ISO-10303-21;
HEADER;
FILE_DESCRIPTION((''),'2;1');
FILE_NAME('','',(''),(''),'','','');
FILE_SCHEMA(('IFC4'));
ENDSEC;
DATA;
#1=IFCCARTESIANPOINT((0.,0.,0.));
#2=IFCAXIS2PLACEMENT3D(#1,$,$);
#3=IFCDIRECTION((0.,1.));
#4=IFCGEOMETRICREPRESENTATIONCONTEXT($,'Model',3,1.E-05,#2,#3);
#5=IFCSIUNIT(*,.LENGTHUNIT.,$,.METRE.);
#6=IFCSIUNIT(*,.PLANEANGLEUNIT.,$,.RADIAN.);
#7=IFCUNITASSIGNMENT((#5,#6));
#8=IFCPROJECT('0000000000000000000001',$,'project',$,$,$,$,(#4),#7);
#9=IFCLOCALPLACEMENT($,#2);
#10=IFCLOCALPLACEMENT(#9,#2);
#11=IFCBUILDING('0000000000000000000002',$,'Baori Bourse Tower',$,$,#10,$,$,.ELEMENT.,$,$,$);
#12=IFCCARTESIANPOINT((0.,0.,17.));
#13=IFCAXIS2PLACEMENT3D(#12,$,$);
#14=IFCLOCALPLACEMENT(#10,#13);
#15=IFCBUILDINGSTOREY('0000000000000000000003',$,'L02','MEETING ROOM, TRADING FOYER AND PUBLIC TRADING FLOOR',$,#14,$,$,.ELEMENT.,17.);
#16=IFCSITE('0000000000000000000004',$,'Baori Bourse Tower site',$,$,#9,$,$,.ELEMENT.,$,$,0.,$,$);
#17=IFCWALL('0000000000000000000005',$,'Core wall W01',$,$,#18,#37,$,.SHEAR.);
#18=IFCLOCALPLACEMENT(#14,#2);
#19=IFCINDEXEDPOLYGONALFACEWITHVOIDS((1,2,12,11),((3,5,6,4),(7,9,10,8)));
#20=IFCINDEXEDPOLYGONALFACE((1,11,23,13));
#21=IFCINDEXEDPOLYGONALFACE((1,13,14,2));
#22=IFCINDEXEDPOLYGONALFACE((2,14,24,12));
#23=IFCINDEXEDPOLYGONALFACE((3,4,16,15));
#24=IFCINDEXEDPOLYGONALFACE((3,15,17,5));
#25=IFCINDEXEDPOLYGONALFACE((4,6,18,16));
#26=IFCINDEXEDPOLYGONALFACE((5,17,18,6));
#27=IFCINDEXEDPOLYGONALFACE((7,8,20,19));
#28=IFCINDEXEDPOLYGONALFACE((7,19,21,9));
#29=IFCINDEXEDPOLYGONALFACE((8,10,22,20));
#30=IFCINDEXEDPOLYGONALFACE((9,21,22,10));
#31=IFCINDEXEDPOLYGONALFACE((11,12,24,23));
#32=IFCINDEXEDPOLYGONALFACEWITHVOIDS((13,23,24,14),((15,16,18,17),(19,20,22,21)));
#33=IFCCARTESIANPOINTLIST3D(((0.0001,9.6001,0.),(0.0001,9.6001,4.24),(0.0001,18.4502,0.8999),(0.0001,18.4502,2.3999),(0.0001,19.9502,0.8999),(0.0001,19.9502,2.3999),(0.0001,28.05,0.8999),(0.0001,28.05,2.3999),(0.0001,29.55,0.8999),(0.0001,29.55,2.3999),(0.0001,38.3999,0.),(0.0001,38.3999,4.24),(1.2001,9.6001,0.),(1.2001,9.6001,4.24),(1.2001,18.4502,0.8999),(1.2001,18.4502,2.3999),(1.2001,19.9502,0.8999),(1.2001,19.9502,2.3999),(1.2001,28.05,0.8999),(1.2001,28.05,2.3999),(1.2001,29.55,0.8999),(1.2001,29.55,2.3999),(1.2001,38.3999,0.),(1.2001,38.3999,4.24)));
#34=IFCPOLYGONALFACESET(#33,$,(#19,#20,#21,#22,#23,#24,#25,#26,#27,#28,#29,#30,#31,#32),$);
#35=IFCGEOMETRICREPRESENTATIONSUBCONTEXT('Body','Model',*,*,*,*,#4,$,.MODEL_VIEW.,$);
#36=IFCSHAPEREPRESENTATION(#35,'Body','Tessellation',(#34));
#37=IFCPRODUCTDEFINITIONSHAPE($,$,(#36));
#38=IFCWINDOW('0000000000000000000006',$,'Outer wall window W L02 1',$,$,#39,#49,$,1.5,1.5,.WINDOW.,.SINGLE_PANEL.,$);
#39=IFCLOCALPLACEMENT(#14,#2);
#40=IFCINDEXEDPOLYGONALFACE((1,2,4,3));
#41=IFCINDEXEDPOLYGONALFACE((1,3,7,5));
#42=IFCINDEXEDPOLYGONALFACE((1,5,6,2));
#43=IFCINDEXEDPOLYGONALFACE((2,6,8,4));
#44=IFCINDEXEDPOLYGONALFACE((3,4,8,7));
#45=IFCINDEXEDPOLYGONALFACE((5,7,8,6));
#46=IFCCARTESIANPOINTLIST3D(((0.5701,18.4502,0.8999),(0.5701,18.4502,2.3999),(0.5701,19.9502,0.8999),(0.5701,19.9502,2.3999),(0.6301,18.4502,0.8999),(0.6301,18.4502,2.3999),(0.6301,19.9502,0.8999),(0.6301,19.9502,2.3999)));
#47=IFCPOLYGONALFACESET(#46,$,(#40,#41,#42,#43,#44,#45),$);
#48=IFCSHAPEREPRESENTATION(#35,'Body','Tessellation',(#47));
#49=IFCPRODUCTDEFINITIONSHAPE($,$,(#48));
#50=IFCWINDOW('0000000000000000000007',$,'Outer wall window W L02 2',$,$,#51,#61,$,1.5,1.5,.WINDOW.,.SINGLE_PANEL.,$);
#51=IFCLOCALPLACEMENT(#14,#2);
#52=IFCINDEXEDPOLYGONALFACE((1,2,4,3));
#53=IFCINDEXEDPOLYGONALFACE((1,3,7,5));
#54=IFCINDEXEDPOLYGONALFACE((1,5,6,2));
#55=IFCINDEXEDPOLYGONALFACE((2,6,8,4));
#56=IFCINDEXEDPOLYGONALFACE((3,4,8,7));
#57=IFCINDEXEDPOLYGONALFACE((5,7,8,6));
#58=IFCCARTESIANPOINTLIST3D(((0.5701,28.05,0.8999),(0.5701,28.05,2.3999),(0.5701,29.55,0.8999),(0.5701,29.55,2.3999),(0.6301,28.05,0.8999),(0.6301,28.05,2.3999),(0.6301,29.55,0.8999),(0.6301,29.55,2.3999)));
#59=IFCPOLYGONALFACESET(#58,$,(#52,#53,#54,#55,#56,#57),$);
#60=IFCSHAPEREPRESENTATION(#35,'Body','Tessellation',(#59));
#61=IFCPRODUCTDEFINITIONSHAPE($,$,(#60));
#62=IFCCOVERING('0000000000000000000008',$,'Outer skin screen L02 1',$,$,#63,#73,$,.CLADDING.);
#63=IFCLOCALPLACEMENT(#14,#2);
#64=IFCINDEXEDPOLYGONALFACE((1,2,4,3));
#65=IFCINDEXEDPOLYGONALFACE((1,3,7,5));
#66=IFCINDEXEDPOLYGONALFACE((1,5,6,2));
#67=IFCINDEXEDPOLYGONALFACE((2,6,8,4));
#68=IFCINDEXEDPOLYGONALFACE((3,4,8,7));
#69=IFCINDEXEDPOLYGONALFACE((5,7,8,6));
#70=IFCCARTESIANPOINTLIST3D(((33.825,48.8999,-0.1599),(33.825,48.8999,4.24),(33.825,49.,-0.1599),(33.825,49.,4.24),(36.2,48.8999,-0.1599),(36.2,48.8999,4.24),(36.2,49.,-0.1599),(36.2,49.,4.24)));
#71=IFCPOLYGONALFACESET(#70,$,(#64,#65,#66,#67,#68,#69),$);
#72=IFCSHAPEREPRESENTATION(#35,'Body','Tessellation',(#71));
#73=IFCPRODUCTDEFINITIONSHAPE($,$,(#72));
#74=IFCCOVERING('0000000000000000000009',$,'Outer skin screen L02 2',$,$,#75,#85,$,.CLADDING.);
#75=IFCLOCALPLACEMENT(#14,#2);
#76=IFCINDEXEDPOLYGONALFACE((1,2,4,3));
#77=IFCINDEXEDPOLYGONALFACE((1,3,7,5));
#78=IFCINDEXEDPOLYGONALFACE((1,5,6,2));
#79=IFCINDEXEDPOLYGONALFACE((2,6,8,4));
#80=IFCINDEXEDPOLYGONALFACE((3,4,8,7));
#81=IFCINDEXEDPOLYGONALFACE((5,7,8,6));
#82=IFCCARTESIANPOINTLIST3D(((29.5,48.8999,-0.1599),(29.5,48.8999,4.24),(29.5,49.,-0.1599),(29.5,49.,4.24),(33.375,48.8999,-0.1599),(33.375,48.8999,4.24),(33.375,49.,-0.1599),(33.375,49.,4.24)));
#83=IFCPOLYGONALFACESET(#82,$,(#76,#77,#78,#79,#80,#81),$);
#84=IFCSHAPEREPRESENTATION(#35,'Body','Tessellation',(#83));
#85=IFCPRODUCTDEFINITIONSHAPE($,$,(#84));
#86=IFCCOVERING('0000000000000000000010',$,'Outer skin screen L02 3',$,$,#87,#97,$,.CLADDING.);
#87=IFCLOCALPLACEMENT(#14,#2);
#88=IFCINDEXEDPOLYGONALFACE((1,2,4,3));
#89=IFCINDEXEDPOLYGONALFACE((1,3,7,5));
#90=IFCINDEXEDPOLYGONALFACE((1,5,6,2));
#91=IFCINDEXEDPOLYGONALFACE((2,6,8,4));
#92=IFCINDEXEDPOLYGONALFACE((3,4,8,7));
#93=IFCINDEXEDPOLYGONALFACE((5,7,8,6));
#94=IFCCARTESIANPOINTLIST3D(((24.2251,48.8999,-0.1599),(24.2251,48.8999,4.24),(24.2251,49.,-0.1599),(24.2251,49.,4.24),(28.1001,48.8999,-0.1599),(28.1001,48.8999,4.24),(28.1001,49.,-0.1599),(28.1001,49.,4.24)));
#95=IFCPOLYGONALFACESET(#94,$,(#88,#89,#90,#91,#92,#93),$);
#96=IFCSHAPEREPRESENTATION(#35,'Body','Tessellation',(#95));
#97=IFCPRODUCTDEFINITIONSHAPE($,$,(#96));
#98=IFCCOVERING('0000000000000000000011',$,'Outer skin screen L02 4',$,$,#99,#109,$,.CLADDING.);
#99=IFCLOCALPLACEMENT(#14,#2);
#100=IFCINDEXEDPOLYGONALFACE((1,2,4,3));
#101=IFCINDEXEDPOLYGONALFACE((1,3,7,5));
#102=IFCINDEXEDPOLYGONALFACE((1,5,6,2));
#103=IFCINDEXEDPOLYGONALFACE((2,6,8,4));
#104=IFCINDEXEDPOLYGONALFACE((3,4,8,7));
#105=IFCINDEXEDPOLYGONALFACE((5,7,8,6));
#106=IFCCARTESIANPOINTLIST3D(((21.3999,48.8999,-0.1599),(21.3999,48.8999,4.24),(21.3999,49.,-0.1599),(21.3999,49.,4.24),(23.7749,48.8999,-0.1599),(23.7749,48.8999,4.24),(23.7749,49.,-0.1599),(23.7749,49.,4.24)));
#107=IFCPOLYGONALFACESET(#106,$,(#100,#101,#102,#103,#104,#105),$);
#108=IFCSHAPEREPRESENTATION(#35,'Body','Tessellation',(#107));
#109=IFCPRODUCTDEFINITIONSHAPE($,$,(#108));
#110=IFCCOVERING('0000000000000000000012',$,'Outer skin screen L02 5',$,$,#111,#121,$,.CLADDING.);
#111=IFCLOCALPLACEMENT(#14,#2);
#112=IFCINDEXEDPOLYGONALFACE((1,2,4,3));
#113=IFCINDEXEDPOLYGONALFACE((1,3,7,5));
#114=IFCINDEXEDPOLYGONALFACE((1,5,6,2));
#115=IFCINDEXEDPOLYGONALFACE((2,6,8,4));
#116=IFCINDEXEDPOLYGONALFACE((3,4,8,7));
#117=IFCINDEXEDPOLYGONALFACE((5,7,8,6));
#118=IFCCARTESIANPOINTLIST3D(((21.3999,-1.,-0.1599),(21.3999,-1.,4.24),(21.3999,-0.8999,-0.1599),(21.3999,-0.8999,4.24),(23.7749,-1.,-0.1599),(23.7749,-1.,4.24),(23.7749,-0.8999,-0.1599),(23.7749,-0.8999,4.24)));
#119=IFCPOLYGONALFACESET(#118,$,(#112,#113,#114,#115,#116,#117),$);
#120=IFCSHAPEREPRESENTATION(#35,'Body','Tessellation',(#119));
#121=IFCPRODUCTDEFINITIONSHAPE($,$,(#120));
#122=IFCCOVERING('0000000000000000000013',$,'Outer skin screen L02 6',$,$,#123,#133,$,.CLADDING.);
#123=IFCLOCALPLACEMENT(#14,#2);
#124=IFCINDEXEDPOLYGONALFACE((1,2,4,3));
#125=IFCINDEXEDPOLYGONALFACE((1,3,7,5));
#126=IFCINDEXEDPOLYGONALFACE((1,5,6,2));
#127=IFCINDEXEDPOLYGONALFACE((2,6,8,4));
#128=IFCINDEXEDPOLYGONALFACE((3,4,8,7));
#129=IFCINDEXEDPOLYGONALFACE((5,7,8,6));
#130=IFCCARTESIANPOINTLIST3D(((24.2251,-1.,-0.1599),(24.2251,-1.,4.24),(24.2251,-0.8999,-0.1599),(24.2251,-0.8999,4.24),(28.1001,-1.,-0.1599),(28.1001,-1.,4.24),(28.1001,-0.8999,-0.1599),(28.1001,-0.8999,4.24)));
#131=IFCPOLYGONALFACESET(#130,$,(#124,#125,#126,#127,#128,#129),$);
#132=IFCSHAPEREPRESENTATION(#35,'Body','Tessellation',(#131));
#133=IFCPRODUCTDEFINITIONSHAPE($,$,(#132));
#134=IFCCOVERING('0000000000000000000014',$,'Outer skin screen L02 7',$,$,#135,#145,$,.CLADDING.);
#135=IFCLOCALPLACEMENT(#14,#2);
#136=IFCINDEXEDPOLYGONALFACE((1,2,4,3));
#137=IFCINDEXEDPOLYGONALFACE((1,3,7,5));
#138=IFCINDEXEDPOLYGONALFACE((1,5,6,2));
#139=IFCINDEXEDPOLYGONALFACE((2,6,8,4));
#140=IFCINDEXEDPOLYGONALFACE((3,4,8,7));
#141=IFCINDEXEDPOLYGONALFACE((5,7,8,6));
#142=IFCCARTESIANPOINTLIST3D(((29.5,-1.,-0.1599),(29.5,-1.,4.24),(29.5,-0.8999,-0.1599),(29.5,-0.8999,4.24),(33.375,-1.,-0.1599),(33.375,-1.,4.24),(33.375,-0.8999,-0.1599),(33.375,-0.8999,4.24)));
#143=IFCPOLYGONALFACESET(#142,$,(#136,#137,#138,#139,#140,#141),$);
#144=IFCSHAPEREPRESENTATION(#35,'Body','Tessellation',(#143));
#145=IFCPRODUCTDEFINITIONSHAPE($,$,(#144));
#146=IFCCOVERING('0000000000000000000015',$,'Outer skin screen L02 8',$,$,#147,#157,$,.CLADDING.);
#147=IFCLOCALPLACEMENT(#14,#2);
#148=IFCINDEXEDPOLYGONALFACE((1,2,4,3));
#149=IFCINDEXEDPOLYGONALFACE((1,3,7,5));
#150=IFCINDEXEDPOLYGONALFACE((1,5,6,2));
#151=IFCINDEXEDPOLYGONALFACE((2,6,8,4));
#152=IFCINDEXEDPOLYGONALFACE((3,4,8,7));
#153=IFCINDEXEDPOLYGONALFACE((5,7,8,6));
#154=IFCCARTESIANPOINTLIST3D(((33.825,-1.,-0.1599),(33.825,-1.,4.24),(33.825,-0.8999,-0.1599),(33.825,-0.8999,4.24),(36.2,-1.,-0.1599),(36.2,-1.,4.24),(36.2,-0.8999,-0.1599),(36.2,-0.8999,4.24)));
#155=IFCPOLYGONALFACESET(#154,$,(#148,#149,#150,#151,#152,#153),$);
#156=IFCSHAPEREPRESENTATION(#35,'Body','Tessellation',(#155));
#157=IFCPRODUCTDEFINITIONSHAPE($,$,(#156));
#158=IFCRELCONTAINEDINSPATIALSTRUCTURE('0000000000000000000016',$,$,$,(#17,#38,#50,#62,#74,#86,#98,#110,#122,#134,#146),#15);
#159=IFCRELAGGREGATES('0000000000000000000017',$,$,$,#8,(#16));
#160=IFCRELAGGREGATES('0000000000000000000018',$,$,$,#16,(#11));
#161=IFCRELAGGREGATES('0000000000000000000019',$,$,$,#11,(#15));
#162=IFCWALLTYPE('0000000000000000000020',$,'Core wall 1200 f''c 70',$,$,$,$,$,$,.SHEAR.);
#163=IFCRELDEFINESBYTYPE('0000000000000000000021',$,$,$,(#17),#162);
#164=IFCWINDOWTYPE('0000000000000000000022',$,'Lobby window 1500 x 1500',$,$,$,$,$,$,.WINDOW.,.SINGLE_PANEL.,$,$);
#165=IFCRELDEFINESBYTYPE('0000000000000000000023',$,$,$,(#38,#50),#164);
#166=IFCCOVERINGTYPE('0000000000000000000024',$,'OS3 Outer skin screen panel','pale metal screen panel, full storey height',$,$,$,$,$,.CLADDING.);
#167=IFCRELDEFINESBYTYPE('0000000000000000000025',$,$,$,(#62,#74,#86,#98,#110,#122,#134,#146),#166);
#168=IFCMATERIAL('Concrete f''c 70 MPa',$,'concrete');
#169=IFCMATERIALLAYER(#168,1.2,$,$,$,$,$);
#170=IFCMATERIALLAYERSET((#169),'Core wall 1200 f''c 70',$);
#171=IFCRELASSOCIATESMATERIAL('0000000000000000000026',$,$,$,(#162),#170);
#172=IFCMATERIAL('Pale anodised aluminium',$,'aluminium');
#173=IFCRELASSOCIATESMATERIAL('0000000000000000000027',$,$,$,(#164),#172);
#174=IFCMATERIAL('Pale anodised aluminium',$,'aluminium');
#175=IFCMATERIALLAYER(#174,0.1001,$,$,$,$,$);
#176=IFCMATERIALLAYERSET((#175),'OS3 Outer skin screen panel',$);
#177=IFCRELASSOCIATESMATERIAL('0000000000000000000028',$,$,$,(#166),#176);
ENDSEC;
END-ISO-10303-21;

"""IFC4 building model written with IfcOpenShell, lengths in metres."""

from ifc_helpers import new_model, si_unit, direction, frame, frame_2d, origin, place, context, subcontext, project, spatial, polyline, rectangle, outline, extrude, material, layer, layer_set, type_object, element, fill, save


model = new_model("IFC4")

# Units and contexts
model_context = context("Model", 3, precision=1e-05, world=origin(), true_north=direction((0.0, 1.0)))
body_context = subcontext(model_context, "Body", "Model", "MODEL_VIEW")
ifc_project = project(units=[si_unit("LENGTHUNIT", "METRE"), si_unit("PLANEANGLEUNIT", "RADIAN")], contexts=[model_context])

# Site, building, storey
site_placement = place(None, origin())
site = spatial("IfcSite", under=ifc_project, at=site_placement, Name="Baori Bourse Tower site", CompositionType="ELEMENT", RefElevation=0.0)
building_placement = place(site_placement, origin())
building = spatial("IfcBuilding", under=site, at=building_placement, Name="Baori Bourse Tower", CompositionType="ELEMENT")
storey_placement = place(building_placement, frame((0.0, 0.0, 17.0)))
storey = spatial("IfcBuildingStorey", under=building, at=storey_placement, Name="L02", Description="MEETING ROOM, TRADING FOYER AND PUBLIC TRADING FLOOR", CompositionType="ELEMENT", Elevation=17.0)

# Wall, openings, windows
ifc_material_1 = material(Name="Concrete f'c 70 MPa", Category="concrete")
ifc_layer_1 = layer(ifc_material_1, 1.2)
ifc_layer_set_1 = layer_set([ifc_layer_1], Name="Core wall 1200 f'c 70")
wall_type_1 = type_object("IfcWallType", Name="Core wall 1200 f'c 70", PredefinedType="SHEAR", material=ifc_layer_set_1)
wall_1_placement = place(storey_placement, frame((0.6001, 9.6001, 0.0), z_axis=(0.0, 0.0, 1.0), x_axis=(0.0, 1.0, 0.0)))
wall_1 = element("IfcWall", 1, at=wall_1_placement, inside=storey, type_object=wall_type_1, Name="Core wall W01", PredefinedType="SHEAR", context=body_context, shape_type="SweptSolid", body=[
    extrude(rectangle(XDim=28.7998, YDim=1.2, at=frame_2d((14.3999, 0.0))), origin(), (0.0, 0.0, 1.0), 4.24),
])
opening_1_placement = place(wall_1_placement, frame((8.8501, 0.0, 0.8999)))
opening_1 = element("IfcOpeningElement", 2, at=opening_1_placement, cuts=wall_1, PredefinedType="OPENING", context=body_context, shape_type="SweptSolid", body=[
    extrude(rectangle(XDim=1.5, YDim=1.5, at=frame_2d((0.75, 0.75))), frame((0.0, 0.6099, 0.0), z_axis=(0.0, -1.0, 0.0), x_axis=(1.0, 0.0, 0.0)), (0.0, 0.0, 1.0), 1.22),
])
opening_2_placement = place(wall_1_placement, frame((18.45, 0.0, 0.8999)))
opening_2 = element("IfcOpeningElement", 3, at=opening_2_placement, cuts=wall_1, PredefinedType="OPENING", context=body_context, shape_type="SweptSolid", body=[
    extrude(rectangle(XDim=1.5, YDim=1.5, at=frame_2d((0.75, 0.75))), frame((0.0, 0.6099, 0.0), z_axis=(0.0, -1.0, 0.0), x_axis=(1.0, 0.0, 0.0)), (0.0, 0.0, 1.0), 1.22),
])
ifc_material_2 = material(Name="Pale anodised aluminium", Category="aluminium")
window_type = type_object("IfcWindowType", Name="Lobby window 1500 x 1500", PartitioningType="SINGLE_PANEL", PredefinedType="WINDOW", material=ifc_material_2)
window_1_placement = place(opening_1_placement, origin())
window_1 = element("IfcWindow", 4, at=window_1_placement, inside=storey, type_object=window_type, Name="Outer wall window W L02 1", OverallHeight=1.5, OverallWidth=1.5, PartitioningType="SINGLE_PANEL", PredefinedType="WINDOW", context=body_context, shape_type="SweptSolid", body=[
    extrude(rectangle(XDim=1.5, YDim=1.5, at=frame_2d((0.75, 0.75))), frame((0.0, 0.03, 0.0), z_axis=(0.0, -1.0, 0.0), x_axis=(1.0, 0.0, 0.0)), (0.0, 0.0, 1.0), 0.0601),
])
fill(opening_1, window_1)
window_2_placement = place(opening_2_placement, origin())
window_2 = element("IfcWindow", 5, at=window_2_placement, inside=storey, type_object=window_type, Name="Outer wall window W L02 2", OverallHeight=1.5, OverallWidth=1.5, PartitioningType="SINGLE_PANEL", PredefinedType="WINDOW", context=body_context, shape_type="SweptSolid", body=[
    extrude(rectangle(XDim=1.5, YDim=1.5, at=frame_2d((0.75, 0.75))), frame((0.0, 0.03, 0.0), z_axis=(0.0, -1.0, 0.0), x_axis=(1.0, 0.0, 0.0)), (0.0, 0.0, 1.0), 0.0601),
])
fill(opening_2, window_2)

# Coverings
ifc_material_3 = material(Name="Pale anodised aluminium", Category="aluminium")
ifc_layer_2 = layer(ifc_material_3, 0.1001)
ifc_layer_set_2 = layer_set([ifc_layer_2], Name="OS3 Outer skin screen panel")
covering_type = type_object("IfcCoveringType", Name="OS3 Outer skin screen panel", Description="pale metal screen panel, full storey height", PredefinedType="CLADDING", material=ifc_layer_set_2)
covering_1_placement = place(storey_placement, frame((0.0, 0.0, -0.1599)))
element("IfcCovering", 6, at=covering_1_placement, inside=storey, type_object=covering_type, Name="Outer skin screen L02 1", PredefinedType="CLADDING", context=body_context, shape_type="SweptSolid", body=[
    extrude(outline(polyline([(33.825, 48.8999), (36.2, 48.8999), (36.2, 49.0), (33.825, 49.0), (33.825, 48.8999)])), origin(), (0.0, 0.0, 1.0), 4.3999),
])
covering_2_placement = place(storey_placement, frame((0.0, 0.0, -0.1599)))
element("IfcCovering", 7, at=covering_2_placement, inside=storey, type_object=covering_type, Name="Outer skin screen L02 2", PredefinedType="CLADDING", context=body_context, shape_type="SweptSolid", body=[
    extrude(outline(polyline([(29.5, 48.8999), (33.375, 48.8999), (33.375, 49.0), (29.5, 49.0), (29.5, 48.8999)])), origin(), (0.0, 0.0, 1.0), 4.3999),
])
covering_3_placement = place(storey_placement, frame((0.0, 0.0, -0.1599)))
element("IfcCovering", 8, at=covering_3_placement, inside=storey, type_object=covering_type, Name="Outer skin screen L02 3", PredefinedType="CLADDING", context=body_context, shape_type="SweptSolid", body=[
    extrude(outline(polyline([(24.2251, 48.8999), (28.1001, 48.8999), (28.1001, 49.0), (24.2251, 49.0), (24.2251, 48.8999)])), origin(), (0.0, 0.0, 1.0), 4.3999),
])
covering_4_placement = place(storey_placement, frame((0.0, 0.0, -0.1599)))
element("IfcCovering", 9, at=covering_4_placement, inside=storey, type_object=covering_type, Name="Outer skin screen L02 4", PredefinedType="CLADDING", context=body_context, shape_type="SweptSolid", body=[
    extrude(outline(polyline([(21.3999, 48.8999), (23.7749, 48.8999), (23.7749, 49.0), (21.3999, 49.0), (21.3999, 48.8999)])), origin(), (0.0, 0.0, 1.0), 4.3999),
])
covering_5_placement = place(storey_placement, frame((0.0, 0.0, -0.1599)))
element("IfcCovering", 10, at=covering_5_placement, inside=storey, type_object=covering_type, Name="Outer skin screen L02 5", PredefinedType="CLADDING", context=body_context, shape_type="SweptSolid", body=[
    extrude(outline(polyline([(23.7749, -0.8999), (21.3999, -0.8999), (21.3999, -1.0), (23.7749, -1.0), (23.7749, -0.8999)])), origin(), (0.0, 0.0, 1.0), 4.3999),
])
covering_6_placement = place(storey_placement, frame((0.0, 0.0, -0.1599)))
element("IfcCovering", 11, at=covering_6_placement, inside=storey, type_object=covering_type, Name="Outer skin screen L02 6", PredefinedType="CLADDING", context=body_context, shape_type="SweptSolid", body=[
    extrude(outline(polyline([(28.1001, -0.8999), (24.2251, -0.8999), (24.2251, -1.0), (28.1001, -1.0), (28.1001, -0.8999)])), origin(), (0.0, 0.0, 1.0), 4.3999),
])
covering_7_placement = place(storey_placement, frame((0.0, 0.0, -0.1599)))
element("IfcCovering", 12, at=covering_7_placement, inside=storey, type_object=covering_type, Name="Outer skin screen L02 7", PredefinedType="CLADDING", context=body_context, shape_type="SweptSolid", body=[
    extrude(outline(polyline([(33.375, -0.8999), (29.5, -0.8999), (29.5, -1.0), (33.375, -1.0), (33.375, -0.8999)])), origin(), (0.0, 0.0, 1.0), 4.3999),
])
covering_8_placement = place(storey_placement, frame((0.0, 0.0, -0.1599)))
element("IfcCovering", 13, at=covering_8_placement, inside=storey, type_object=covering_type, Name="Outer skin screen L02 8", PredefinedType="CLADDING", context=body_context, shape_type="SweptSolid", body=[
    extrude(outline(polyline([(36.2, -0.8999), (33.825, -0.8999), (33.825, -1.0), (36.2, -1.0), (36.2, -0.8999)])), origin(), (0.0, 0.0, 1.0), 4.3999),
])

save(model, "model.ifc")
